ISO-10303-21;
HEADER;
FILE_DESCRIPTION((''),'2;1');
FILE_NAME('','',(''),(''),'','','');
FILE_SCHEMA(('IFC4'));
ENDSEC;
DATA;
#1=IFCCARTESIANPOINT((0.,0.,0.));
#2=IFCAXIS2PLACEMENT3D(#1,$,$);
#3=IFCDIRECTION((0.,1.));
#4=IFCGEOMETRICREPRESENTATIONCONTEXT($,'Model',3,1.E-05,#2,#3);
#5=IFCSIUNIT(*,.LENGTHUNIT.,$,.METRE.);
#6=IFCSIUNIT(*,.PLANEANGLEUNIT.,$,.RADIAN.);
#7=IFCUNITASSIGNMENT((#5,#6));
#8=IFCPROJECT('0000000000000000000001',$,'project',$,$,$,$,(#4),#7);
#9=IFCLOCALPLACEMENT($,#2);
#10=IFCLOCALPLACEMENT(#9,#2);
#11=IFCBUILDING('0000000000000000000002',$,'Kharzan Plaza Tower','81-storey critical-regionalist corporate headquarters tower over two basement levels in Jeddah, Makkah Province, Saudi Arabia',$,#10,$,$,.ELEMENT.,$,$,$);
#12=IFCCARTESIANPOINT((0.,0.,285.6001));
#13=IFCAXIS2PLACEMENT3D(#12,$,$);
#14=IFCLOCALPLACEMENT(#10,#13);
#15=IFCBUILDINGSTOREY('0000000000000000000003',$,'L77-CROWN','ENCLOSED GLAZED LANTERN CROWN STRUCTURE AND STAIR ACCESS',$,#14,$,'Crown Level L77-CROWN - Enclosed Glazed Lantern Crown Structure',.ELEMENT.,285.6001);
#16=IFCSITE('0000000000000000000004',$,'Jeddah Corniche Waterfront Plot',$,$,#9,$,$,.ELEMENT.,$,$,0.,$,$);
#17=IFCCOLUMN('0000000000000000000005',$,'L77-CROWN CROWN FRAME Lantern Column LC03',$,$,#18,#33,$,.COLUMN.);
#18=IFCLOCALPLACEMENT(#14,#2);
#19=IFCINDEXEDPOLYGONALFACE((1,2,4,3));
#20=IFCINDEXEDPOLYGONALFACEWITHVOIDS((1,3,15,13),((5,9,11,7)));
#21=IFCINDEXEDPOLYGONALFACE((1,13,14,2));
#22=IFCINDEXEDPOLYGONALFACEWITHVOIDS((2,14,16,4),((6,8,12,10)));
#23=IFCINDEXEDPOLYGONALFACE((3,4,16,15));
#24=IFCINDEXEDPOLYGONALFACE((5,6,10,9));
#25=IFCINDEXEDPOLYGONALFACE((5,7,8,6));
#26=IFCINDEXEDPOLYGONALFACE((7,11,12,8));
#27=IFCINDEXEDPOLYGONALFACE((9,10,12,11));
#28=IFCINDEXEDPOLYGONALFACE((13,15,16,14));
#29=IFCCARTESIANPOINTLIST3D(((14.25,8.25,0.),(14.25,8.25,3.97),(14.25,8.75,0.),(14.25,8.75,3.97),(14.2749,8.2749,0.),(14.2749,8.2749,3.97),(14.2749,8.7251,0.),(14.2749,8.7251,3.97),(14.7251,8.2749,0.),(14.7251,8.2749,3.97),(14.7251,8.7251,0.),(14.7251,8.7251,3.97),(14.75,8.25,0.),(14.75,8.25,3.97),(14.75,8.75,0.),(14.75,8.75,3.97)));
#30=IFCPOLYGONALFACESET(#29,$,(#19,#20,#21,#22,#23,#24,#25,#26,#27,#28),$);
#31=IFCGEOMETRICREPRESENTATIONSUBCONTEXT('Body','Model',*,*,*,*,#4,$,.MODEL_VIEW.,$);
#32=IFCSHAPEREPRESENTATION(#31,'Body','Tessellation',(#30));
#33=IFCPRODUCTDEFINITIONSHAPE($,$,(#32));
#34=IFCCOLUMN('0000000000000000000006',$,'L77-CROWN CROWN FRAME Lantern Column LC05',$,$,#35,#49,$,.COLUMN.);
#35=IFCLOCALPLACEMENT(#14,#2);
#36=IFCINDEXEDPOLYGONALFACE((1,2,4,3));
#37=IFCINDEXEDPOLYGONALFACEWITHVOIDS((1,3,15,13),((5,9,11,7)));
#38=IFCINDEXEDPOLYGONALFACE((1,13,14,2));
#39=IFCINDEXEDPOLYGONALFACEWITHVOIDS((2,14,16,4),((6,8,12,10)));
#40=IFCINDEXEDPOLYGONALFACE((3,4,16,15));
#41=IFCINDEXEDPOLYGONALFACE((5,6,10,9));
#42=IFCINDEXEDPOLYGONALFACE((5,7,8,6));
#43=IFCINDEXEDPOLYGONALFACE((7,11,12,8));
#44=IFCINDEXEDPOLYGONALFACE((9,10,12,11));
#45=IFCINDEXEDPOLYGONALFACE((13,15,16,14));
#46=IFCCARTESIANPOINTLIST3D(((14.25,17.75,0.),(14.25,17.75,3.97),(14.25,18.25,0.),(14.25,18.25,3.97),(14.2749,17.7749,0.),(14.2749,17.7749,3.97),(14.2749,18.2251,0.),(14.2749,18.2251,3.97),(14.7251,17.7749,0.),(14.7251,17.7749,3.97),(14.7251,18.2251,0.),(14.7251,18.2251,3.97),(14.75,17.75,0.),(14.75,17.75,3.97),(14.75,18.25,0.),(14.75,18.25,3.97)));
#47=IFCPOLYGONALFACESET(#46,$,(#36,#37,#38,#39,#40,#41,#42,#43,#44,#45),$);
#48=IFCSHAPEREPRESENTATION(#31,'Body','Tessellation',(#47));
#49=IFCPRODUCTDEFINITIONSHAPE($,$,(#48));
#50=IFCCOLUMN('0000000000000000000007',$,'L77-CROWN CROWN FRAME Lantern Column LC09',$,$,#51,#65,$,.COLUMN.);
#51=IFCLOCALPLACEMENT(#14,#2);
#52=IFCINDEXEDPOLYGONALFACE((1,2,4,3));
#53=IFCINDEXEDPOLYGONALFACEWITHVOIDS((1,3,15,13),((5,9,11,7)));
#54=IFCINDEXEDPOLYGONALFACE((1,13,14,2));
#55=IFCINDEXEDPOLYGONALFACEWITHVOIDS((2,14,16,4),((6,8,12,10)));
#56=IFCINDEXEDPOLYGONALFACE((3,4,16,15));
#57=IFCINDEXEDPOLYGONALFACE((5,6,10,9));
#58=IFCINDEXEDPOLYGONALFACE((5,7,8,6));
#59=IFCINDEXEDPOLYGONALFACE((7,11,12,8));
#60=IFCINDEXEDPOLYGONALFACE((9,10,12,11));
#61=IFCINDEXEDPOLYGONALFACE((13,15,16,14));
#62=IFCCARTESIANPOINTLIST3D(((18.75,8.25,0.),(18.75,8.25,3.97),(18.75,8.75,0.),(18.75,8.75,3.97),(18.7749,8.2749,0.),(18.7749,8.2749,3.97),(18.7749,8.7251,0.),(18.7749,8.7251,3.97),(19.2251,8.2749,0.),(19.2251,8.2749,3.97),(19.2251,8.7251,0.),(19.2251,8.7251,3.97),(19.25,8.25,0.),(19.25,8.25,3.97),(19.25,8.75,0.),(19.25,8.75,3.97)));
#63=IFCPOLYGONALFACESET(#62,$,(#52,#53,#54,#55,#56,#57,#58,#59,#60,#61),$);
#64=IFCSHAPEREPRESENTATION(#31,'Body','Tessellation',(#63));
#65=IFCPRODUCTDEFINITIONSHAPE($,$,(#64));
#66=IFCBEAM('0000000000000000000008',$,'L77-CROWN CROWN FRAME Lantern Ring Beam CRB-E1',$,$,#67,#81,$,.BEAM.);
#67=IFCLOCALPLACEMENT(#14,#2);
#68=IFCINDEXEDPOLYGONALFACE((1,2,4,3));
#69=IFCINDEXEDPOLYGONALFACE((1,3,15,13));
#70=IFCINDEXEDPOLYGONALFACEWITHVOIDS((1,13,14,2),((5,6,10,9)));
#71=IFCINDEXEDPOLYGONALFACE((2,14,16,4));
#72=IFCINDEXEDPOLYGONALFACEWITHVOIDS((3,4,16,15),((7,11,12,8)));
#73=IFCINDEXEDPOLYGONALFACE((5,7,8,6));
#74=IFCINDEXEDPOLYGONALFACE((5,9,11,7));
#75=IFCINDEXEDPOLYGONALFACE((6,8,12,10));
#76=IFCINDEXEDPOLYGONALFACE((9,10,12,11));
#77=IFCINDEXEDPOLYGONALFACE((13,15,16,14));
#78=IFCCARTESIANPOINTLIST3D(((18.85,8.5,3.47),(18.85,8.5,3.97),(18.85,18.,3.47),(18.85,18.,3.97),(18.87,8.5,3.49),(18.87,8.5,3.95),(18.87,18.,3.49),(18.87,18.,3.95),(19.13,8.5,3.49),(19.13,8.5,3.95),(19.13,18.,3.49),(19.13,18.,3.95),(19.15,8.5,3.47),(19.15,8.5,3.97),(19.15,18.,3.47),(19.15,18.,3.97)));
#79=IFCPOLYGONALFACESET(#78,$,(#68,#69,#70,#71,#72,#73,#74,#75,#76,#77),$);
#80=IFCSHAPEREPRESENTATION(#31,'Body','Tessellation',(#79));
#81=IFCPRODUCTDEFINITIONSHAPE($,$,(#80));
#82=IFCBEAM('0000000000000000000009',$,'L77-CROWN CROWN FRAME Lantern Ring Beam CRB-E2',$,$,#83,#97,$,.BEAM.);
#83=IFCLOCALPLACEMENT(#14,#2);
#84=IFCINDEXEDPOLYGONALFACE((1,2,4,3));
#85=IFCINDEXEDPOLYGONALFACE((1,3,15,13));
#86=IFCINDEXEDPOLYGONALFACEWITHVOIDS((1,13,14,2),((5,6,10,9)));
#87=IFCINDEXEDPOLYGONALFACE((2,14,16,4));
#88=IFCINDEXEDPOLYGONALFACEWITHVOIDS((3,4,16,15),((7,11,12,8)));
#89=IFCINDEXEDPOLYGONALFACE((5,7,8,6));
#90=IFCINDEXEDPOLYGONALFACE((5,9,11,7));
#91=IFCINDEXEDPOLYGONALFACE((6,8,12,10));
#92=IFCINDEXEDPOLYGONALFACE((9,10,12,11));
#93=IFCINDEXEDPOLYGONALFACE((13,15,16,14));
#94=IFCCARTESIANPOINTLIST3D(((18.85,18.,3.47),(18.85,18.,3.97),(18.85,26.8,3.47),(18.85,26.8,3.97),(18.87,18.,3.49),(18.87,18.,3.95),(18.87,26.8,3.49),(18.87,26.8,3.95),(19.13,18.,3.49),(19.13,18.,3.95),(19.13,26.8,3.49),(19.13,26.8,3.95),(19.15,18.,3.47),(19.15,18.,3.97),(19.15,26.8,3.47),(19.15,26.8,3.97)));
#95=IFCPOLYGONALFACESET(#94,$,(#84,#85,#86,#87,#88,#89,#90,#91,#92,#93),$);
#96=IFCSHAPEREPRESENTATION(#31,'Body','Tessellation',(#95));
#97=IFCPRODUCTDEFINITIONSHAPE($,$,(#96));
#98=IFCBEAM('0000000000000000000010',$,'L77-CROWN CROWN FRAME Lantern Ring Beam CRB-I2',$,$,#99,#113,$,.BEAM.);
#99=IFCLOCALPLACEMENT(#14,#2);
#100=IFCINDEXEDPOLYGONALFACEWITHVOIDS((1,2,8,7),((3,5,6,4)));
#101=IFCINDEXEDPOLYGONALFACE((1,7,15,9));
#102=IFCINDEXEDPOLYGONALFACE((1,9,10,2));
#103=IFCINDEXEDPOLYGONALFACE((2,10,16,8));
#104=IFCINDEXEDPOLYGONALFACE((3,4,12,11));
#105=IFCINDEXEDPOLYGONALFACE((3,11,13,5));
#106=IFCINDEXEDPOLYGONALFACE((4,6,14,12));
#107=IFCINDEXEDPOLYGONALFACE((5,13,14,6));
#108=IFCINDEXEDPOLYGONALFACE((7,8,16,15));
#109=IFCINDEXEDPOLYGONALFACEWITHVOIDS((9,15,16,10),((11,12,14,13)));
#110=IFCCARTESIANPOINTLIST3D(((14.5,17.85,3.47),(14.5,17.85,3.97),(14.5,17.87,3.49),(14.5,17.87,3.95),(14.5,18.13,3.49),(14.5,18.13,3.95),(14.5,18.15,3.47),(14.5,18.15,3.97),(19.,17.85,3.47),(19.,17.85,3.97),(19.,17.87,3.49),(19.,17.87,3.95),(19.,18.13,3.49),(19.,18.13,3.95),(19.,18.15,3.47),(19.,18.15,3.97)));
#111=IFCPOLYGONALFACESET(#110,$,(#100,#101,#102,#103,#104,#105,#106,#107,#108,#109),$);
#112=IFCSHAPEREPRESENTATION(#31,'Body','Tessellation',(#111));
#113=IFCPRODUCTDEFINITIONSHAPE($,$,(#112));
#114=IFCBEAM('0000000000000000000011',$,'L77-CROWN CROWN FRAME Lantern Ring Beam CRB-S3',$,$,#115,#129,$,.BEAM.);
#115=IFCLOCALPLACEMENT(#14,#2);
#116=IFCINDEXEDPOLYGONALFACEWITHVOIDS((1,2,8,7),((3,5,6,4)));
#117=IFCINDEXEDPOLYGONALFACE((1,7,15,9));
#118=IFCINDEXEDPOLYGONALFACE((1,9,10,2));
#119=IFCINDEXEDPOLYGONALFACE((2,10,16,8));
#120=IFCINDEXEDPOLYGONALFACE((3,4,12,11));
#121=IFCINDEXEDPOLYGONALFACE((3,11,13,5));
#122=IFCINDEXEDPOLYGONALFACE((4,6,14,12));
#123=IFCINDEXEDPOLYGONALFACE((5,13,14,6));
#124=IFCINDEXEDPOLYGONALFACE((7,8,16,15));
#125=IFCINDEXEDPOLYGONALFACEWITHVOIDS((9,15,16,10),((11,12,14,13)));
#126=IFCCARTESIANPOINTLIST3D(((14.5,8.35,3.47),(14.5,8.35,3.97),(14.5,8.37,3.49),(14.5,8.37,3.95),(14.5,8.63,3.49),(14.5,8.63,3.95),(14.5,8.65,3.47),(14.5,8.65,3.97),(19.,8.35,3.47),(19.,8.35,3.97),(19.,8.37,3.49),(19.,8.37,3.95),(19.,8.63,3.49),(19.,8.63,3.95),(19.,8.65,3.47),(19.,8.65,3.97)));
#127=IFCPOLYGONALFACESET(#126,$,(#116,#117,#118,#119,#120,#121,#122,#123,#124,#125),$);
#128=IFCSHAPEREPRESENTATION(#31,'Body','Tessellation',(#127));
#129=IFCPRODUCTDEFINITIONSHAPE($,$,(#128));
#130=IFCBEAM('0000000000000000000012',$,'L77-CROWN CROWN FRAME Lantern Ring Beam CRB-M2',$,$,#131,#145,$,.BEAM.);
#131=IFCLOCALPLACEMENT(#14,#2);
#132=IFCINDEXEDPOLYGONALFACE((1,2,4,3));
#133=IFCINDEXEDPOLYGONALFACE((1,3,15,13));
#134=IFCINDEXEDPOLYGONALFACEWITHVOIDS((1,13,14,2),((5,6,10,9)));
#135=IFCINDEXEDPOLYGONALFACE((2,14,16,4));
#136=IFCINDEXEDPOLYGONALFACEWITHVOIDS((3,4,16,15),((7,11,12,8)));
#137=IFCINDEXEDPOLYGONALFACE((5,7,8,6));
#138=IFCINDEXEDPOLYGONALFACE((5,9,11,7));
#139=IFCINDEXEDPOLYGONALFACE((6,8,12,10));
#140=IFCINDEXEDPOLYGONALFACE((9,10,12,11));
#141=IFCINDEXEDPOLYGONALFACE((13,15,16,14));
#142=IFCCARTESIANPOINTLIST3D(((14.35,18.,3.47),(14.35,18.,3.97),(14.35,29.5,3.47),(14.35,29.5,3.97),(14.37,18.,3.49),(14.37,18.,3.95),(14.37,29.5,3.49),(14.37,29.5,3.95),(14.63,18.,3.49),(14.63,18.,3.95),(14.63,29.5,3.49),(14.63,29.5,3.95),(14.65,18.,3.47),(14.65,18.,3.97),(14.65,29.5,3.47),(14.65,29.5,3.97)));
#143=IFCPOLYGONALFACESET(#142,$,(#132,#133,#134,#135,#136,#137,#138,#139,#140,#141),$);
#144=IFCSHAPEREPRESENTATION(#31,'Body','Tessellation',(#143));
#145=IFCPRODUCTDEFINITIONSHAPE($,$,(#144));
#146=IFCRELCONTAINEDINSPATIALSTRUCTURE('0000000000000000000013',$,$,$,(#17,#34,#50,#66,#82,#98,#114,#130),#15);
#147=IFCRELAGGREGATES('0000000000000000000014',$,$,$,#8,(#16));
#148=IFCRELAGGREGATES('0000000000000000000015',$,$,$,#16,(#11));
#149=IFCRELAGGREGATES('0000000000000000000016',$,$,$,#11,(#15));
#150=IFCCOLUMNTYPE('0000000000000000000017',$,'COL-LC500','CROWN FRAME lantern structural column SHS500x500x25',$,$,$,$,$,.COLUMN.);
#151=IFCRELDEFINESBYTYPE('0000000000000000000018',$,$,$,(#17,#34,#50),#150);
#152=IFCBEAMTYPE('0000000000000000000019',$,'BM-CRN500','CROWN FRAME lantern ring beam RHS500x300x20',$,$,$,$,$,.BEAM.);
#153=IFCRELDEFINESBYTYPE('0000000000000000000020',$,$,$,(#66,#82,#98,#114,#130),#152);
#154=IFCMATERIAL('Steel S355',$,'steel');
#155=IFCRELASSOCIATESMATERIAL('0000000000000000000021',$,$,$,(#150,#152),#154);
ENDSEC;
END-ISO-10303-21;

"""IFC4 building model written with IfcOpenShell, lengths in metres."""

from ifc_helpers import new_model, si_unit, direction, frame, origin, origin_2d, place, context, subcontext, project, spatial, hollow_rectangle, extrude, source, transform, mapped, material, material_profile, profile_set, type_object, element, save


model = new_model("IFC4")

# Units and contexts
model_context = context("Model", 3, precision=1e-05, world=origin(), true_north=direction((0.0, 1.0)))
body_context = subcontext(model_context, "Body", "Model", "MODEL_VIEW")
ifc_project = project(units=[si_unit("LENGTHUNIT", "METRE"), si_unit("PLANEANGLEUNIT", "RADIAN")], contexts=[model_context])

# Site, building, storey
site_placement = place(None, origin())
site = spatial("IfcSite", under=ifc_project, at=site_placement, Name="Jeddah Corniche Waterfront Plot", CompositionType="ELEMENT", RefElevation=0.0)
building_placement = place(site_placement, origin())
building = spatial("IfcBuilding", under=site, at=building_placement, Name="Kharzan Plaza Tower", Description="81-storey critical-regionalist corporate headquarters tower over two basement levels in Jeddah, Makkah Province, Saudi Arabia", CompositionType="ELEMENT")
storey_placement = place(building_placement, frame((0.0, 0.0, 285.6001)))
storey = spatial("IfcBuildingStorey", under=building, at=storey_placement, Name="L77-CROWN", Description="ENCLOSED GLAZED LANTERN CROWN STRUCTURE AND STAIR ACCESS", LongName="Crown Level L77-CROWN - Enclosed Glazed Lantern Crown Structure", CompositionType="ELEMENT", Elevation=285.6001)

# Columns
ifc_material_1 = material(Name="Steel S355", Category="steel")
ifc_material_profile_1 = material_profile(ifc_material_1, hollow_rectangle(XDim=0.5, YDim=0.5, WallThickness=0.0249, at=origin_2d()), Name="SHS500x500x25")
ifc_profile_set_1 = profile_set([ifc_material_profile_1], Name="Steel S355")
column_type = type_object("IfcColumnType", Name="COL-LC500", Description="CROWN FRAME lantern structural column SHS500x500x25", PredefinedType="COLUMN", material=ifc_profile_set_1)
shared_shape_1 = source(origin(), body_context, "Body", "SweptSolid", [
    extrude(hollow_rectangle(XDim=0.5, YDim=0.5, WallThickness=0.0249, at=origin_2d()), origin(), (0.0, 0.0, 1.0), 3.97),
])
for number, where, z_axis, x_axis, name in (
    (1, (14.5, 8.5, 0.0), (0.0, 0.0, 1.0), (1.0, 0.0, 0.0), "L77-CROWN CROWN FRAME Lantern Column LC03"),
    (2, (14.5, 18.0, 0.0), (0.0, 0.0, 1.0), (1.0, 0.0, 0.0), "L77-CROWN CROWN FRAME Lantern Column LC05"),
    (3, (19.0, 8.5, 0.0), (0.0, 0.0, 1.0), (1.0, 0.0, 0.0), "L77-CROWN CROWN FRAME Lantern Column LC09"),
):
    element("IfcColumn", number, at=place(storey_placement, frame(where, z_axis=z_axis, x_axis=x_axis)), inside=storey, type_object=column_type, Name=name, PredefinedType="COLUMN", context=body_context, shape_type="MappedRepresentation", body=[
        mapped(shared_shape_1, transform((0.0, 0.0, 0.0), x_axis=(1.0, 0.0, 0.0), y_axis=(0.0, 1.0, 0.0), z_axis=(0.0, 0.0, 1.0))),
    ])

# Beams
ifc_material_profile_2 = material_profile(ifc_material_1, hollow_rectangle(XDim=0.3, YDim=0.5, WallThickness=0.02, at=origin_2d()), Name="RHS500x300x20")
ifc_profile_set_2 = profile_set([ifc_material_profile_2], Name="Steel S355")
beam_type = type_object("IfcBeamType", Name="BM-CRN500", Description="CROWN FRAME lantern ring beam RHS500x300x20", PredefinedType="BEAM", material=ifc_profile_set_2)
shared_shape_2 = source(origin(), body_context, "Body", "SweptSolid", [
    extrude(hollow_rectangle(XDim=0.3, YDim=0.5, WallThickness=0.02, at=origin_2d()), origin(), (0.0, 0.0, 1.0), 9.5),
])
beam_1_placement = place(storey_placement, frame((19.0, 8.5, 3.72), z_axis=(0.0, 1.0, 0.0), x_axis=(-1.0, 0.0, 0.0)))
element("IfcBeam", 4, at=beam_1_placement, inside=storey, type_object=beam_type, Name="L77-CROWN CROWN FRAME Lantern Ring Beam CRB-E1", PredefinedType="BEAM", context=body_context, shape_type="MappedRepresentation", body=[
    mapped(shared_shape_2, transform((0.0, 0.0, 0.0), x_axis=(1.0, 0.0, 0.0), y_axis=(0.0, 1.0, 0.0), z_axis=(0.0, 0.0, 1.0))),
])
shared_shape_3 = source(origin(), body_context, "Body", "SweptSolid", [
    extrude(hollow_rectangle(XDim=0.3, YDim=0.5, WallThickness=0.02, at=origin_2d()), origin(), (0.0, 0.0, 1.0), 8.8),
])
beam_2_placement = place(storey_placement, frame((19.0, 18.0, 3.72), z_axis=(0.0, 1.0, 0.0), x_axis=(-1.0, 0.0, 0.0)))
element("IfcBeam", 5, at=beam_2_placement, inside=storey, type_object=beam_type, Name="L77-CROWN CROWN FRAME Lantern Ring Beam CRB-E2", PredefinedType="BEAM", context=body_context, shape_type="MappedRepresentation", body=[
    mapped(shared_shape_3, transform((0.0, 0.0, 0.0), x_axis=(1.0, 0.0, 0.0), y_axis=(0.0, 1.0, 0.0), z_axis=(0.0, 0.0, 1.0))),
])
shared_shape_4 = source(origin(), body_context, "Body", "SweptSolid", [
    extrude(hollow_rectangle(XDim=0.3, YDim=0.5, WallThickness=0.02, at=origin_2d()), origin(), (0.0, 0.0, 1.0), 4.5),
])
for number, where, z_axis, x_axis, name in (
    (6, (14.5, 18.0, 3.72), (1.0, 0.0, 0.0), (0.0, 1.0, 0.0), "L77-CROWN CROWN FRAME Lantern Ring Beam CRB-I2"),
    (7, (14.5, 8.5, 3.72), (1.0, 0.0, 0.0), (0.0, 1.0, 0.0), "L77-CROWN CROWN FRAME Lantern Ring Beam CRB-S3"),
):
    element("IfcBeam", number, at=place(storey_placement, frame(where, z_axis=z_axis, x_axis=x_axis)), inside=storey, type_object=beam_type, Name=name, PredefinedType="BEAM", context=body_context, shape_type="MappedRepresentation", body=[
        mapped(shared_shape_4, transform((0.0, 0.0, 0.0), x_axis=(1.0, 0.0, 0.0), y_axis=(0.0, 1.0, 0.0), z_axis=(0.0, 0.0, 1.0))),
    ])
shared_shape_5 = source(origin(), body_context, "Body", "SweptSolid", [
    extrude(hollow_rectangle(XDim=0.3, YDim=0.5, WallThickness=0.02, at=origin_2d()), origin(), (0.0, 0.0, 1.0), 11.5),
])
beam_3_placement = place(storey_placement, frame((14.5, 18.0, 3.72), z_axis=(0.0, 1.0, 0.0), x_axis=(-1.0, 0.0, 0.0)))
element("IfcBeam", 8, at=beam_3_placement, inside=storey, type_object=beam_type, Name="L77-CROWN CROWN FRAME Lantern Ring Beam CRB-M2", PredefinedType="BEAM", context=body_context, shape_type="MappedRepresentation", body=[
    mapped(shared_shape_5, transform((0.0, 0.0, 0.0), x_axis=(1.0, 0.0, 0.0), y_axis=(0.0, 1.0, 0.0), z_axis=(0.0, 0.0, 1.0))),
])

save(model, "model.ifc")
